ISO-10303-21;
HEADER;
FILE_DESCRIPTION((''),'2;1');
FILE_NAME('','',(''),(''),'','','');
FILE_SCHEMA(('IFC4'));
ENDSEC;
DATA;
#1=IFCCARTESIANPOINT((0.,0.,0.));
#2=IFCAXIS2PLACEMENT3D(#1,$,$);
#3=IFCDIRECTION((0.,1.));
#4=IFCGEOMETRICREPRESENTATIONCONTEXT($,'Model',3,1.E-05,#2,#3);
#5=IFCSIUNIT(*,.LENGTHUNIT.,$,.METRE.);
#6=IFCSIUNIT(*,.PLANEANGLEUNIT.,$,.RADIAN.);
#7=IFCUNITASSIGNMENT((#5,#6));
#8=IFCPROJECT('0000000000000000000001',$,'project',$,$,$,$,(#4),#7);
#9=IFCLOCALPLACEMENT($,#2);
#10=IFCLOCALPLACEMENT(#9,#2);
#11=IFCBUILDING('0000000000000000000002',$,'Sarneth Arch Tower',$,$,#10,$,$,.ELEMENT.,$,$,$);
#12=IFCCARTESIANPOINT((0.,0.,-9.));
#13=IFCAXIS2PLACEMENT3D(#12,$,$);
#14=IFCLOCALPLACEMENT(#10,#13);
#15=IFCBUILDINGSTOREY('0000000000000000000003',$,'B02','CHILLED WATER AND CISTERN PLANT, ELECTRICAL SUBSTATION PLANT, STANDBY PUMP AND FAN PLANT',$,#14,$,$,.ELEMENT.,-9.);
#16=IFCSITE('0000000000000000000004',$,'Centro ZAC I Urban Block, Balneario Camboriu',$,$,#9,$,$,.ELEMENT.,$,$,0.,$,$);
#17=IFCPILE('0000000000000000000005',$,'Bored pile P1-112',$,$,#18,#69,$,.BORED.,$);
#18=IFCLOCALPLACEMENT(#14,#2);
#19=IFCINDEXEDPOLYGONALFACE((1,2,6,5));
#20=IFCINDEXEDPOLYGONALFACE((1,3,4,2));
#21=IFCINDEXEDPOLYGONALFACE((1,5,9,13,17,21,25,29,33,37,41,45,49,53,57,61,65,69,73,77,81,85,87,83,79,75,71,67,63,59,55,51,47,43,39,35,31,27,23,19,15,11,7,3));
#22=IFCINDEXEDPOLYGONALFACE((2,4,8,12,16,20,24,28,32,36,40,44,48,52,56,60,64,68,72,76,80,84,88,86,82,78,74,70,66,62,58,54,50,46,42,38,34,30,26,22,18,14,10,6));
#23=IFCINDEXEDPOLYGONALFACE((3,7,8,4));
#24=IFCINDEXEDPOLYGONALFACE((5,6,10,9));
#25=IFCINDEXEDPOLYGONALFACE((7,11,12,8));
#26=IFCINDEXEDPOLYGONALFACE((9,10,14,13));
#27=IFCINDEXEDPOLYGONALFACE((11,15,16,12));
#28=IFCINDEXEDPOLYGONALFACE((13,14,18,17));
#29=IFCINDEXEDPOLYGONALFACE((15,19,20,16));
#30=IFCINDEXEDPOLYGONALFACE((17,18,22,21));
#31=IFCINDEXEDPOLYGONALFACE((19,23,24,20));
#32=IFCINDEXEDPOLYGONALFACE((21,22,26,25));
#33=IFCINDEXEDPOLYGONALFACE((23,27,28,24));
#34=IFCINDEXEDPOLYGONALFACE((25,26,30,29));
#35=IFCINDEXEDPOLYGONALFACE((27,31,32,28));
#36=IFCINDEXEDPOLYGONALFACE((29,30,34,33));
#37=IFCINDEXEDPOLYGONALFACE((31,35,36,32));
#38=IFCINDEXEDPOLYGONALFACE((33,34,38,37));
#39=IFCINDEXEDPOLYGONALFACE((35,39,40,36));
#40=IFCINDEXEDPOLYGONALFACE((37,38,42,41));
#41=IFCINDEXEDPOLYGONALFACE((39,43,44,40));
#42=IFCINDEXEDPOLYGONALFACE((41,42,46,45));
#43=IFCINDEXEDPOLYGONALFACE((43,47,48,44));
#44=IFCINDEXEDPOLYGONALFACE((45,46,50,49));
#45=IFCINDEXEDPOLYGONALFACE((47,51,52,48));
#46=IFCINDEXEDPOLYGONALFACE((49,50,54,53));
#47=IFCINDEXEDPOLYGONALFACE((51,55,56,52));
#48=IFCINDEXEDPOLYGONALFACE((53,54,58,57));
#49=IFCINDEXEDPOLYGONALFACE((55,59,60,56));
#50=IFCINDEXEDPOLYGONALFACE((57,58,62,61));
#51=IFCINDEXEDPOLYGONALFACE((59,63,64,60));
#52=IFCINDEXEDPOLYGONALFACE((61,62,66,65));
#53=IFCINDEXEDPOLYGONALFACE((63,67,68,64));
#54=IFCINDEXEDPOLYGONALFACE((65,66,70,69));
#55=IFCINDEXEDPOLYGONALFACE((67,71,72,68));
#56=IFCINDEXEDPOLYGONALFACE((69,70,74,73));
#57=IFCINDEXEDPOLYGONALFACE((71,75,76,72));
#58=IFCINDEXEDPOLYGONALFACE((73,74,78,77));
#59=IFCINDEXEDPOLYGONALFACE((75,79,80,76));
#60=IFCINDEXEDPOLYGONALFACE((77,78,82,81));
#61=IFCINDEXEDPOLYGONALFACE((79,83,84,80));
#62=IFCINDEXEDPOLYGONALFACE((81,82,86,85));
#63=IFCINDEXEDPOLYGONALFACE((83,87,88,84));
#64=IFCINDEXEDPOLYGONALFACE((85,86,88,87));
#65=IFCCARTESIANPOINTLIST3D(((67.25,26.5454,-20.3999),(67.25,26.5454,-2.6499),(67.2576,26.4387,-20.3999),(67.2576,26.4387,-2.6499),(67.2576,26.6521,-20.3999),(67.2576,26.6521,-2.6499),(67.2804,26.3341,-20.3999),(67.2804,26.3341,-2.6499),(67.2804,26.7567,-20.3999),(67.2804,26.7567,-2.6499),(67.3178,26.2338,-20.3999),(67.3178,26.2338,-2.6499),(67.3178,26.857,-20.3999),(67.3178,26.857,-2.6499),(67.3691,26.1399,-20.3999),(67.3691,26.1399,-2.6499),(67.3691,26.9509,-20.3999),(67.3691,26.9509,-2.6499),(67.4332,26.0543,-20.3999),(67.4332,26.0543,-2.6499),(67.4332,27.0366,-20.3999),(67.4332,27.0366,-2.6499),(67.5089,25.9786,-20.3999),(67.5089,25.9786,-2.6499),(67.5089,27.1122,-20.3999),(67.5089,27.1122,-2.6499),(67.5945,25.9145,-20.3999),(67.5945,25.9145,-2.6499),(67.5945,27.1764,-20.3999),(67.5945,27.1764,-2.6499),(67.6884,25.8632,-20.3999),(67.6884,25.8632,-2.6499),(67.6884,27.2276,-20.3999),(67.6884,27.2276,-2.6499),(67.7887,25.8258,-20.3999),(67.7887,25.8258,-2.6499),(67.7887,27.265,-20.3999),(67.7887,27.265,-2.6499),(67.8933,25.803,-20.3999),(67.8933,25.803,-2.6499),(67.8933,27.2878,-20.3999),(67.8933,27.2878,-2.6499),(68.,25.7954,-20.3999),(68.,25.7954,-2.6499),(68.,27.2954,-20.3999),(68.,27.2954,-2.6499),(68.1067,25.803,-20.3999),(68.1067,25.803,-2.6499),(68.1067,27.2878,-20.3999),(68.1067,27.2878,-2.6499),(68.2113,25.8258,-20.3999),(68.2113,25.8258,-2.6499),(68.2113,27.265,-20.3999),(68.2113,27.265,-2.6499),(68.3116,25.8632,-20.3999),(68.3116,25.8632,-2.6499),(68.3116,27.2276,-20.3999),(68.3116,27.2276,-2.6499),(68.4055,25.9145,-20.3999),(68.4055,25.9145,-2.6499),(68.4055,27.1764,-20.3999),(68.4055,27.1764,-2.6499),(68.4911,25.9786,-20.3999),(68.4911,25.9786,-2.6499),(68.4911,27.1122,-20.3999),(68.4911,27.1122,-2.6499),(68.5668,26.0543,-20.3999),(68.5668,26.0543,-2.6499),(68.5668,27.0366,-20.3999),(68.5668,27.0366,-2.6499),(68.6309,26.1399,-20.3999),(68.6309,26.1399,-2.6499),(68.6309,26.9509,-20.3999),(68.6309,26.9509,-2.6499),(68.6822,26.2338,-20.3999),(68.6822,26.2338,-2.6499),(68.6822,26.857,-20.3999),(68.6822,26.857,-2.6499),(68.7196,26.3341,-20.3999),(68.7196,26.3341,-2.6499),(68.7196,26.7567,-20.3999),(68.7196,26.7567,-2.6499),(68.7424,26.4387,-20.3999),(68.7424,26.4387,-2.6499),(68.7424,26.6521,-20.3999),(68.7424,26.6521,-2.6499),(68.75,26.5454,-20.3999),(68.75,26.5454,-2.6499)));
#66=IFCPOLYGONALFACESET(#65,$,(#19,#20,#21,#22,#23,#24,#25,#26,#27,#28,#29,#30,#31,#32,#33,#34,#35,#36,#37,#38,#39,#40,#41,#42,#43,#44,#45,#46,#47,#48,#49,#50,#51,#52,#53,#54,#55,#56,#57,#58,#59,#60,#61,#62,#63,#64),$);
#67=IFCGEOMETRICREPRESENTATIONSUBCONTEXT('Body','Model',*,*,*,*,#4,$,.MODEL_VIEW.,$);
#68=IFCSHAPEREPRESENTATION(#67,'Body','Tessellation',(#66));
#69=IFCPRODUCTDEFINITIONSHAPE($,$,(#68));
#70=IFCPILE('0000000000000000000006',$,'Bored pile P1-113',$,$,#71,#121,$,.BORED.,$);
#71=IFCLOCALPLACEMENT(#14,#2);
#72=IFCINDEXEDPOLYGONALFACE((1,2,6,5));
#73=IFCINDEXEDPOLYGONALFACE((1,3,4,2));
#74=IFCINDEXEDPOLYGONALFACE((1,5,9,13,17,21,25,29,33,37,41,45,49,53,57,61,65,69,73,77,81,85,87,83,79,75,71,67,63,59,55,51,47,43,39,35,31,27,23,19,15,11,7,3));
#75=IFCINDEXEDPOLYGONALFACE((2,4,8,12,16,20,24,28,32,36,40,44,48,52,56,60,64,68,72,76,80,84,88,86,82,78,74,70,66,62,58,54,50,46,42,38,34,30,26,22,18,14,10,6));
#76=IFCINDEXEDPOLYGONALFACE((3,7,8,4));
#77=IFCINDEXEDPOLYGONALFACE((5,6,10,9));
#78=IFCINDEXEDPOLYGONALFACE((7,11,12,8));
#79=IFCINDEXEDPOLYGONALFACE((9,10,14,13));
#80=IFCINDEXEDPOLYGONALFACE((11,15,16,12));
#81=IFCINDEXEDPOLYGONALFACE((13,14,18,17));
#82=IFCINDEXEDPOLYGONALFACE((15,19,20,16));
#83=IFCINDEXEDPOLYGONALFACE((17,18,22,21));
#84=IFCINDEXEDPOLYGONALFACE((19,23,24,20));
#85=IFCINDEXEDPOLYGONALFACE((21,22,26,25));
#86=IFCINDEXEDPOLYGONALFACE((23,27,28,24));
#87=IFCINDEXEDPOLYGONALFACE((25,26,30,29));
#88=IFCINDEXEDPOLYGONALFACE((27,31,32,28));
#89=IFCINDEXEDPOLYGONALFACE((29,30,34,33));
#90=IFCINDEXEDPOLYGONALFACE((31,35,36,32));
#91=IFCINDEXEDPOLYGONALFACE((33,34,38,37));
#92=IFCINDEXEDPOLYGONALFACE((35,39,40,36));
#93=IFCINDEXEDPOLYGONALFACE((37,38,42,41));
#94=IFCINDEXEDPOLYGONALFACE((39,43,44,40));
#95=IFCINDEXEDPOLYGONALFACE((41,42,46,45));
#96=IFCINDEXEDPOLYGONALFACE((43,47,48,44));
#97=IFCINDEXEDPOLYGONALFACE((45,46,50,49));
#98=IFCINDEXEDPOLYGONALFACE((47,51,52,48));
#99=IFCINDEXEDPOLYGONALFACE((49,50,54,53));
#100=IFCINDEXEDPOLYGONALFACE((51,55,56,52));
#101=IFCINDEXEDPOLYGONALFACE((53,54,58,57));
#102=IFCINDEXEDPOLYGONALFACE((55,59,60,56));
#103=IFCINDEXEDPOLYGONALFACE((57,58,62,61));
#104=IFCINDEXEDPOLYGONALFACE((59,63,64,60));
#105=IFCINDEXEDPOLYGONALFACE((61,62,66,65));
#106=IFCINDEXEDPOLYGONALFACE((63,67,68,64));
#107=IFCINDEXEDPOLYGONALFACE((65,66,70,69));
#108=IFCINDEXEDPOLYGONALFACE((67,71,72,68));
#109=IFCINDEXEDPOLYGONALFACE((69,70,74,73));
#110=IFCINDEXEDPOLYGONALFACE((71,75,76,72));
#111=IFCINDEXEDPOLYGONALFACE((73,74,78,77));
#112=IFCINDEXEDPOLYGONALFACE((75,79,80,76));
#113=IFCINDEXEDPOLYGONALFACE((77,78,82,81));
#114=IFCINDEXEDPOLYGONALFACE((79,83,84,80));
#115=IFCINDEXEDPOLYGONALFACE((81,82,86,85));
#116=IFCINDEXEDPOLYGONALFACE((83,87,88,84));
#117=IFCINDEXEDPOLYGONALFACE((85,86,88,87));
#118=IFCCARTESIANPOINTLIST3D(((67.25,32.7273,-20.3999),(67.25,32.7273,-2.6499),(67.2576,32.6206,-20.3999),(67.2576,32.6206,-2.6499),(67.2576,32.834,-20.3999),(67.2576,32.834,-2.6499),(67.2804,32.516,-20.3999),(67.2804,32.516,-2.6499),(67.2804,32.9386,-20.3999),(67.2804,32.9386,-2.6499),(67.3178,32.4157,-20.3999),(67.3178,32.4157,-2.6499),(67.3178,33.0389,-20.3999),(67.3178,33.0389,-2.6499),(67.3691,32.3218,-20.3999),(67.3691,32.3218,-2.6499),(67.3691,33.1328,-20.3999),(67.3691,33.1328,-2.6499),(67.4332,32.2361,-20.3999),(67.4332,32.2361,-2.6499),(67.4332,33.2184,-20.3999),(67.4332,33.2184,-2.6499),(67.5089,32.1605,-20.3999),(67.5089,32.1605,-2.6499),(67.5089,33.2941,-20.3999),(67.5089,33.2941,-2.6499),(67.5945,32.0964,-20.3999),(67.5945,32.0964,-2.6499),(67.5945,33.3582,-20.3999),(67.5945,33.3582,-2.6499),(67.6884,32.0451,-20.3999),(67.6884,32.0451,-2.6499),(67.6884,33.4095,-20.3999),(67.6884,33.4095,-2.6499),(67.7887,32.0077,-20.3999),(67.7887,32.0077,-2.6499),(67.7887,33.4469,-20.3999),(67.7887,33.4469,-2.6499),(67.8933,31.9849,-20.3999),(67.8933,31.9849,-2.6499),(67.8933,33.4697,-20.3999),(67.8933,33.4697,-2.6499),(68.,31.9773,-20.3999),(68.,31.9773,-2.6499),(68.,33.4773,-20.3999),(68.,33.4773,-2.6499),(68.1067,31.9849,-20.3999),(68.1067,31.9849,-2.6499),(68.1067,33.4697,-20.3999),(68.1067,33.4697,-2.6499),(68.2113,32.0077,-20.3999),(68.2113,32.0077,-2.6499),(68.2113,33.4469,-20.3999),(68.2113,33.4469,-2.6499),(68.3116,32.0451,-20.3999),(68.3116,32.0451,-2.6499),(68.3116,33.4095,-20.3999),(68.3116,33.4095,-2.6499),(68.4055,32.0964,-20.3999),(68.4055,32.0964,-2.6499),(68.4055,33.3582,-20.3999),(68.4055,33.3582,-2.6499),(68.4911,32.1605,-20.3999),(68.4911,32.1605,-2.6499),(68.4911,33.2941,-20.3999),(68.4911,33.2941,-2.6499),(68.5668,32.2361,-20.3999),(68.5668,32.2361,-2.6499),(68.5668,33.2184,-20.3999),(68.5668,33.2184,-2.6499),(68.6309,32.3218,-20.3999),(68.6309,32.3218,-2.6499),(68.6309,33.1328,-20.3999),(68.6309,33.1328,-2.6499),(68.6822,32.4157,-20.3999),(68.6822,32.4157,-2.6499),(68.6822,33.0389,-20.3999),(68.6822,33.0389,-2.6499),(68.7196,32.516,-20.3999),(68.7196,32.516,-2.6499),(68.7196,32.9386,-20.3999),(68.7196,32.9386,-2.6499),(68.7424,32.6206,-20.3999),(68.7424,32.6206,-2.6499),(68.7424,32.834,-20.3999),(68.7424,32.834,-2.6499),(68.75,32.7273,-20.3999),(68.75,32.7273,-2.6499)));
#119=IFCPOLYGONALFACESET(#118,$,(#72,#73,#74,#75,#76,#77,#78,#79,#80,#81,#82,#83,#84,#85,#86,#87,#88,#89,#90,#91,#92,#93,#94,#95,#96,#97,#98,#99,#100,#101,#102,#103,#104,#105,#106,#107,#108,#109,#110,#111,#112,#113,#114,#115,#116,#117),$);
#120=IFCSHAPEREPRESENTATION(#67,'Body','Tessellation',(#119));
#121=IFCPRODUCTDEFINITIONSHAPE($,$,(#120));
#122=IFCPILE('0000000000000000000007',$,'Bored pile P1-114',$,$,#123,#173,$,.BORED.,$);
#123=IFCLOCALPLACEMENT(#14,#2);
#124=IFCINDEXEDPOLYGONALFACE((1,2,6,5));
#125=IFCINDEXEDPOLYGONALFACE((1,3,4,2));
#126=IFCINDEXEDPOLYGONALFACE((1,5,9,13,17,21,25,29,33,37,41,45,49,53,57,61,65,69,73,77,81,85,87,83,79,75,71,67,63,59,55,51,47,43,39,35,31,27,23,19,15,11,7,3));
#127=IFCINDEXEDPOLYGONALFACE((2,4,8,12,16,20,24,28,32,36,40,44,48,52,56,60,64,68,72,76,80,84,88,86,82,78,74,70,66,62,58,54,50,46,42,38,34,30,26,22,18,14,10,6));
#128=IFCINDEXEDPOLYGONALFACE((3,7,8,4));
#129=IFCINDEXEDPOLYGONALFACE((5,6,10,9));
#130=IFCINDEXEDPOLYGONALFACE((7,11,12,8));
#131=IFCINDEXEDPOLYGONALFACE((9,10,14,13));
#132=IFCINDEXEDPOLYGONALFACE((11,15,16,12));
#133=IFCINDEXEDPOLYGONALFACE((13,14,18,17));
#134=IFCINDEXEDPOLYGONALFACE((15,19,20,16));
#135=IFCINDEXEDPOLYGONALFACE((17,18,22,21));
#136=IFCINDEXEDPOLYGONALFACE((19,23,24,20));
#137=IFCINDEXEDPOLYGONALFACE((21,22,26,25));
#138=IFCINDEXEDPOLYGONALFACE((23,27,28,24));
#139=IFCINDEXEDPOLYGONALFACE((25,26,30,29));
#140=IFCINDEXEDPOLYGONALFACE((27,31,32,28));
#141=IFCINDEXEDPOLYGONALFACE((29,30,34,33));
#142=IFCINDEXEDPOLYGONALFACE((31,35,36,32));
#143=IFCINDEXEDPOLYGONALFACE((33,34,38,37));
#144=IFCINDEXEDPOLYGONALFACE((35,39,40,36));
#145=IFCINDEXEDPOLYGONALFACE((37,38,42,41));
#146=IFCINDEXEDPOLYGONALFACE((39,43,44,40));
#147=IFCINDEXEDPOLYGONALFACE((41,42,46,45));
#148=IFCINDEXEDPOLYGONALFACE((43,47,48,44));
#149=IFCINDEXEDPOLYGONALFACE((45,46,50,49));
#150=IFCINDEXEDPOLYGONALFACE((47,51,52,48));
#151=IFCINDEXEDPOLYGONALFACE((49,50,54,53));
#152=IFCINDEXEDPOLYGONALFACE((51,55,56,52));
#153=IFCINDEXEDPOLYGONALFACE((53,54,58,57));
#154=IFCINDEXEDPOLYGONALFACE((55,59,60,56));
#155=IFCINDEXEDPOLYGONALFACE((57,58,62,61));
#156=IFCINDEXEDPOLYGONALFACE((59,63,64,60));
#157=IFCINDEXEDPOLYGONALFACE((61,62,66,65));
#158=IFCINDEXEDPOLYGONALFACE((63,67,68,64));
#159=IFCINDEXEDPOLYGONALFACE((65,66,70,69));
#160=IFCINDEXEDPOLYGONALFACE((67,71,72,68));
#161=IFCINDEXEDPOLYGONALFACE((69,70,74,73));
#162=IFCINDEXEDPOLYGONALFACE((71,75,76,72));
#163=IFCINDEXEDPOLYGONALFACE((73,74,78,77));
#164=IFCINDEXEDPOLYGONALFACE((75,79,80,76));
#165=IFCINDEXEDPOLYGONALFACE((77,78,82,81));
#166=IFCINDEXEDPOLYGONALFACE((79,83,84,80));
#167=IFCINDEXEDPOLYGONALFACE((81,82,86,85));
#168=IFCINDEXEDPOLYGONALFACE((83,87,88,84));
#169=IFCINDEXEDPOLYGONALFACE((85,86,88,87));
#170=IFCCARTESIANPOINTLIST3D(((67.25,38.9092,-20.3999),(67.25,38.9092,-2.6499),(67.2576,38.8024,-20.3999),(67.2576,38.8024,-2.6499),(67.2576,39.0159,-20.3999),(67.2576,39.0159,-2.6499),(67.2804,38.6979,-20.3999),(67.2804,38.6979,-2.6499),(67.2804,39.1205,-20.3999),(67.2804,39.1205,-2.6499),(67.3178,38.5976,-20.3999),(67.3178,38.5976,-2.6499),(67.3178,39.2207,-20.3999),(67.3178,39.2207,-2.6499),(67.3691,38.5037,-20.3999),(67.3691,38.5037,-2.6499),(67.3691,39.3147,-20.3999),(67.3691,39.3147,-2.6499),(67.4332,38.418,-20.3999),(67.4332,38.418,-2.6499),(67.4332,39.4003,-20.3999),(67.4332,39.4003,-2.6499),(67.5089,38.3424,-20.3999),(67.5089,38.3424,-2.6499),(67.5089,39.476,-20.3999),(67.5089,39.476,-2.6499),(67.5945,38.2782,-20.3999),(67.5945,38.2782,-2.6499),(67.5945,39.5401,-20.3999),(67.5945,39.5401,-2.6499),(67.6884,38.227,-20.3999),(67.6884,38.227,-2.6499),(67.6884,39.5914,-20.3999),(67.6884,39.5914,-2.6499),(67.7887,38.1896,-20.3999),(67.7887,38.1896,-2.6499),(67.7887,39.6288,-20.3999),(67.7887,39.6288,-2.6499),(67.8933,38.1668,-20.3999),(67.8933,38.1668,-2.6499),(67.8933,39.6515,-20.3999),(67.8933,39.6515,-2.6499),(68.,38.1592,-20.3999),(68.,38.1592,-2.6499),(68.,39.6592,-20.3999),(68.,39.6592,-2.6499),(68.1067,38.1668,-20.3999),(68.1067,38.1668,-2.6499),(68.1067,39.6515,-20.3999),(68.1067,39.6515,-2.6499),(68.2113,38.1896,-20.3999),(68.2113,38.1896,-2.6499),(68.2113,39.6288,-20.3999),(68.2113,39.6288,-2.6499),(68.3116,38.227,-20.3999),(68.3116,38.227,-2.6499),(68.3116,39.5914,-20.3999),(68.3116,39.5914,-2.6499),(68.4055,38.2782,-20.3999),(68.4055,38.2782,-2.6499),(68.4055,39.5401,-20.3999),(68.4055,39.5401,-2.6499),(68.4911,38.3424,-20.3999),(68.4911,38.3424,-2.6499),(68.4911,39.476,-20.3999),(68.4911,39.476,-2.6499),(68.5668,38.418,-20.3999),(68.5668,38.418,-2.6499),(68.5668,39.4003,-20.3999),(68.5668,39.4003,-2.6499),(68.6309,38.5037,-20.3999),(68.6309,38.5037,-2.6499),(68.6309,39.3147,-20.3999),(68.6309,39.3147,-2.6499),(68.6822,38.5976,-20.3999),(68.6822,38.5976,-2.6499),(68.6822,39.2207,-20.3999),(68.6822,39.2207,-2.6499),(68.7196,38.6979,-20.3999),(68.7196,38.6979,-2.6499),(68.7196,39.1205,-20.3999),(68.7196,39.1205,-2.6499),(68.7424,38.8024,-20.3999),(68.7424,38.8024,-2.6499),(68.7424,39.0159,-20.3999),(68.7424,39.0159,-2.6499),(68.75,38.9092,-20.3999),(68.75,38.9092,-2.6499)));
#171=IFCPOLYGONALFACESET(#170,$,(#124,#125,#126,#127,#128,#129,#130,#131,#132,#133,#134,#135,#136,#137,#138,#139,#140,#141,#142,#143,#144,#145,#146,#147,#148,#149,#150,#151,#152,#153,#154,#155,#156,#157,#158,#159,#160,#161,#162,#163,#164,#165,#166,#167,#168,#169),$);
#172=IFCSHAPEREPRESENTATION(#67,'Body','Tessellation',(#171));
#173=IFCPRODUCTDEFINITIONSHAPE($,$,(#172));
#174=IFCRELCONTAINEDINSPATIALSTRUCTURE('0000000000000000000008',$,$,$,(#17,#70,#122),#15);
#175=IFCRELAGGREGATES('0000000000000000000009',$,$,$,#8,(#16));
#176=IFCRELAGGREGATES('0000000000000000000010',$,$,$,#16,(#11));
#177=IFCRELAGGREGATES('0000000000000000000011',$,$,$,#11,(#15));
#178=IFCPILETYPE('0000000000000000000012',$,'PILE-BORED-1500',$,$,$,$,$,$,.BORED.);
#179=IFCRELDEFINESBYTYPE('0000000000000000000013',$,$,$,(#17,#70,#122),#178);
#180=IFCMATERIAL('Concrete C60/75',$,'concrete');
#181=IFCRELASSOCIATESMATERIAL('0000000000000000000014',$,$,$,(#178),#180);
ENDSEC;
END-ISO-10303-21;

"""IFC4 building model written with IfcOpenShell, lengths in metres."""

from ifc_helpers import new_model, si_unit, direction, frame, origin, origin_2d, place, context, subcontext, project, spatial, circle, extrude, material, material_profile, profile_set, type_object, element, save


model = new_model("IFC4")

# Units and contexts
model_context = context("Model", 3, precision=1e-05, world=origin(), true_north=direction((0.0, 1.0)))
body_context = subcontext(model_context, "Body", "Model", "MODEL_VIEW")
ifc_project = project(units=[si_unit("LENGTHUNIT", "METRE"), si_unit("PLANEANGLEUNIT", "RADIAN")], contexts=[model_context])

# Site, building, storey
site_placement = place(None, origin())
site = spatial("IfcSite", under=ifc_project, at=site_placement, Name="Centro ZAC I Urban Block, Balneario Camboriu", CompositionType="ELEMENT", RefElevation=0.0)
building_placement = place(site_placement, origin())
building = spatial("IfcBuilding", under=site, at=building_placement, Name="Sarneth Arch Tower", CompositionType="ELEMENT")
storey_placement = place(building_placement, frame((0.0, 0.0, -9.0)))
storey = spatial("IfcBuildingStorey", under=building, at=storey_placement, Name="B02", Description="CHILLED WATER AND CISTERN PLANT, ELECTRICAL SUBSTATION PLANT, STANDBY PUMP AND FAN PLANT", CompositionType="ELEMENT", Elevation=-9.0)

# Piles
ifc_material_1 = material(Name="Concrete C60/75", Category="concrete")
ifc_material_profile_1 = material_profile(ifc_material_1, circle(Radius=0.75, at=origin_2d()), Name="PILE-D1500")
ifc_profile_set_1 = profile_set([ifc_material_profile_1], Name="Concrete C60/75")
pile_type_1 = type_object("IfcPileType", Name="PILE-BORED-1500", PredefinedType="BORED", material=ifc_profile_set_1)
for number, where, z_axis, x_axis, name in (
    (1, (68.0, 26.5454, -2.6499), (0.0, 0.0, -1.0), (1.0, 0.0, 0.0), "Bored pile P1-112"),
    (2, (68.0, 32.7273, -2.6499), (0.0, 0.0, -1.0), (1.0, 0.0, 0.0), "Bored pile P1-113"),
    (3, (68.0, 38.9092, -2.6499), (0.0, 0.0, -1.0), (1.0, 0.0, 0.0), "Bored pile P1-114"),
):
    element("IfcPile", number, at=place(storey_placement, frame(where, z_axis=z_axis, x_axis=x_axis)), inside=storey, type_object=pile_type_1, Name=name, PredefinedType="BORED", context=body_context, shape_type="SweptSolid", body=[
        extrude(circle(Radius=0.75, at=origin_2d()), origin(), (0.0, 0.0, 1.0), 17.75),
    ])

save(model, "model.ifc")
